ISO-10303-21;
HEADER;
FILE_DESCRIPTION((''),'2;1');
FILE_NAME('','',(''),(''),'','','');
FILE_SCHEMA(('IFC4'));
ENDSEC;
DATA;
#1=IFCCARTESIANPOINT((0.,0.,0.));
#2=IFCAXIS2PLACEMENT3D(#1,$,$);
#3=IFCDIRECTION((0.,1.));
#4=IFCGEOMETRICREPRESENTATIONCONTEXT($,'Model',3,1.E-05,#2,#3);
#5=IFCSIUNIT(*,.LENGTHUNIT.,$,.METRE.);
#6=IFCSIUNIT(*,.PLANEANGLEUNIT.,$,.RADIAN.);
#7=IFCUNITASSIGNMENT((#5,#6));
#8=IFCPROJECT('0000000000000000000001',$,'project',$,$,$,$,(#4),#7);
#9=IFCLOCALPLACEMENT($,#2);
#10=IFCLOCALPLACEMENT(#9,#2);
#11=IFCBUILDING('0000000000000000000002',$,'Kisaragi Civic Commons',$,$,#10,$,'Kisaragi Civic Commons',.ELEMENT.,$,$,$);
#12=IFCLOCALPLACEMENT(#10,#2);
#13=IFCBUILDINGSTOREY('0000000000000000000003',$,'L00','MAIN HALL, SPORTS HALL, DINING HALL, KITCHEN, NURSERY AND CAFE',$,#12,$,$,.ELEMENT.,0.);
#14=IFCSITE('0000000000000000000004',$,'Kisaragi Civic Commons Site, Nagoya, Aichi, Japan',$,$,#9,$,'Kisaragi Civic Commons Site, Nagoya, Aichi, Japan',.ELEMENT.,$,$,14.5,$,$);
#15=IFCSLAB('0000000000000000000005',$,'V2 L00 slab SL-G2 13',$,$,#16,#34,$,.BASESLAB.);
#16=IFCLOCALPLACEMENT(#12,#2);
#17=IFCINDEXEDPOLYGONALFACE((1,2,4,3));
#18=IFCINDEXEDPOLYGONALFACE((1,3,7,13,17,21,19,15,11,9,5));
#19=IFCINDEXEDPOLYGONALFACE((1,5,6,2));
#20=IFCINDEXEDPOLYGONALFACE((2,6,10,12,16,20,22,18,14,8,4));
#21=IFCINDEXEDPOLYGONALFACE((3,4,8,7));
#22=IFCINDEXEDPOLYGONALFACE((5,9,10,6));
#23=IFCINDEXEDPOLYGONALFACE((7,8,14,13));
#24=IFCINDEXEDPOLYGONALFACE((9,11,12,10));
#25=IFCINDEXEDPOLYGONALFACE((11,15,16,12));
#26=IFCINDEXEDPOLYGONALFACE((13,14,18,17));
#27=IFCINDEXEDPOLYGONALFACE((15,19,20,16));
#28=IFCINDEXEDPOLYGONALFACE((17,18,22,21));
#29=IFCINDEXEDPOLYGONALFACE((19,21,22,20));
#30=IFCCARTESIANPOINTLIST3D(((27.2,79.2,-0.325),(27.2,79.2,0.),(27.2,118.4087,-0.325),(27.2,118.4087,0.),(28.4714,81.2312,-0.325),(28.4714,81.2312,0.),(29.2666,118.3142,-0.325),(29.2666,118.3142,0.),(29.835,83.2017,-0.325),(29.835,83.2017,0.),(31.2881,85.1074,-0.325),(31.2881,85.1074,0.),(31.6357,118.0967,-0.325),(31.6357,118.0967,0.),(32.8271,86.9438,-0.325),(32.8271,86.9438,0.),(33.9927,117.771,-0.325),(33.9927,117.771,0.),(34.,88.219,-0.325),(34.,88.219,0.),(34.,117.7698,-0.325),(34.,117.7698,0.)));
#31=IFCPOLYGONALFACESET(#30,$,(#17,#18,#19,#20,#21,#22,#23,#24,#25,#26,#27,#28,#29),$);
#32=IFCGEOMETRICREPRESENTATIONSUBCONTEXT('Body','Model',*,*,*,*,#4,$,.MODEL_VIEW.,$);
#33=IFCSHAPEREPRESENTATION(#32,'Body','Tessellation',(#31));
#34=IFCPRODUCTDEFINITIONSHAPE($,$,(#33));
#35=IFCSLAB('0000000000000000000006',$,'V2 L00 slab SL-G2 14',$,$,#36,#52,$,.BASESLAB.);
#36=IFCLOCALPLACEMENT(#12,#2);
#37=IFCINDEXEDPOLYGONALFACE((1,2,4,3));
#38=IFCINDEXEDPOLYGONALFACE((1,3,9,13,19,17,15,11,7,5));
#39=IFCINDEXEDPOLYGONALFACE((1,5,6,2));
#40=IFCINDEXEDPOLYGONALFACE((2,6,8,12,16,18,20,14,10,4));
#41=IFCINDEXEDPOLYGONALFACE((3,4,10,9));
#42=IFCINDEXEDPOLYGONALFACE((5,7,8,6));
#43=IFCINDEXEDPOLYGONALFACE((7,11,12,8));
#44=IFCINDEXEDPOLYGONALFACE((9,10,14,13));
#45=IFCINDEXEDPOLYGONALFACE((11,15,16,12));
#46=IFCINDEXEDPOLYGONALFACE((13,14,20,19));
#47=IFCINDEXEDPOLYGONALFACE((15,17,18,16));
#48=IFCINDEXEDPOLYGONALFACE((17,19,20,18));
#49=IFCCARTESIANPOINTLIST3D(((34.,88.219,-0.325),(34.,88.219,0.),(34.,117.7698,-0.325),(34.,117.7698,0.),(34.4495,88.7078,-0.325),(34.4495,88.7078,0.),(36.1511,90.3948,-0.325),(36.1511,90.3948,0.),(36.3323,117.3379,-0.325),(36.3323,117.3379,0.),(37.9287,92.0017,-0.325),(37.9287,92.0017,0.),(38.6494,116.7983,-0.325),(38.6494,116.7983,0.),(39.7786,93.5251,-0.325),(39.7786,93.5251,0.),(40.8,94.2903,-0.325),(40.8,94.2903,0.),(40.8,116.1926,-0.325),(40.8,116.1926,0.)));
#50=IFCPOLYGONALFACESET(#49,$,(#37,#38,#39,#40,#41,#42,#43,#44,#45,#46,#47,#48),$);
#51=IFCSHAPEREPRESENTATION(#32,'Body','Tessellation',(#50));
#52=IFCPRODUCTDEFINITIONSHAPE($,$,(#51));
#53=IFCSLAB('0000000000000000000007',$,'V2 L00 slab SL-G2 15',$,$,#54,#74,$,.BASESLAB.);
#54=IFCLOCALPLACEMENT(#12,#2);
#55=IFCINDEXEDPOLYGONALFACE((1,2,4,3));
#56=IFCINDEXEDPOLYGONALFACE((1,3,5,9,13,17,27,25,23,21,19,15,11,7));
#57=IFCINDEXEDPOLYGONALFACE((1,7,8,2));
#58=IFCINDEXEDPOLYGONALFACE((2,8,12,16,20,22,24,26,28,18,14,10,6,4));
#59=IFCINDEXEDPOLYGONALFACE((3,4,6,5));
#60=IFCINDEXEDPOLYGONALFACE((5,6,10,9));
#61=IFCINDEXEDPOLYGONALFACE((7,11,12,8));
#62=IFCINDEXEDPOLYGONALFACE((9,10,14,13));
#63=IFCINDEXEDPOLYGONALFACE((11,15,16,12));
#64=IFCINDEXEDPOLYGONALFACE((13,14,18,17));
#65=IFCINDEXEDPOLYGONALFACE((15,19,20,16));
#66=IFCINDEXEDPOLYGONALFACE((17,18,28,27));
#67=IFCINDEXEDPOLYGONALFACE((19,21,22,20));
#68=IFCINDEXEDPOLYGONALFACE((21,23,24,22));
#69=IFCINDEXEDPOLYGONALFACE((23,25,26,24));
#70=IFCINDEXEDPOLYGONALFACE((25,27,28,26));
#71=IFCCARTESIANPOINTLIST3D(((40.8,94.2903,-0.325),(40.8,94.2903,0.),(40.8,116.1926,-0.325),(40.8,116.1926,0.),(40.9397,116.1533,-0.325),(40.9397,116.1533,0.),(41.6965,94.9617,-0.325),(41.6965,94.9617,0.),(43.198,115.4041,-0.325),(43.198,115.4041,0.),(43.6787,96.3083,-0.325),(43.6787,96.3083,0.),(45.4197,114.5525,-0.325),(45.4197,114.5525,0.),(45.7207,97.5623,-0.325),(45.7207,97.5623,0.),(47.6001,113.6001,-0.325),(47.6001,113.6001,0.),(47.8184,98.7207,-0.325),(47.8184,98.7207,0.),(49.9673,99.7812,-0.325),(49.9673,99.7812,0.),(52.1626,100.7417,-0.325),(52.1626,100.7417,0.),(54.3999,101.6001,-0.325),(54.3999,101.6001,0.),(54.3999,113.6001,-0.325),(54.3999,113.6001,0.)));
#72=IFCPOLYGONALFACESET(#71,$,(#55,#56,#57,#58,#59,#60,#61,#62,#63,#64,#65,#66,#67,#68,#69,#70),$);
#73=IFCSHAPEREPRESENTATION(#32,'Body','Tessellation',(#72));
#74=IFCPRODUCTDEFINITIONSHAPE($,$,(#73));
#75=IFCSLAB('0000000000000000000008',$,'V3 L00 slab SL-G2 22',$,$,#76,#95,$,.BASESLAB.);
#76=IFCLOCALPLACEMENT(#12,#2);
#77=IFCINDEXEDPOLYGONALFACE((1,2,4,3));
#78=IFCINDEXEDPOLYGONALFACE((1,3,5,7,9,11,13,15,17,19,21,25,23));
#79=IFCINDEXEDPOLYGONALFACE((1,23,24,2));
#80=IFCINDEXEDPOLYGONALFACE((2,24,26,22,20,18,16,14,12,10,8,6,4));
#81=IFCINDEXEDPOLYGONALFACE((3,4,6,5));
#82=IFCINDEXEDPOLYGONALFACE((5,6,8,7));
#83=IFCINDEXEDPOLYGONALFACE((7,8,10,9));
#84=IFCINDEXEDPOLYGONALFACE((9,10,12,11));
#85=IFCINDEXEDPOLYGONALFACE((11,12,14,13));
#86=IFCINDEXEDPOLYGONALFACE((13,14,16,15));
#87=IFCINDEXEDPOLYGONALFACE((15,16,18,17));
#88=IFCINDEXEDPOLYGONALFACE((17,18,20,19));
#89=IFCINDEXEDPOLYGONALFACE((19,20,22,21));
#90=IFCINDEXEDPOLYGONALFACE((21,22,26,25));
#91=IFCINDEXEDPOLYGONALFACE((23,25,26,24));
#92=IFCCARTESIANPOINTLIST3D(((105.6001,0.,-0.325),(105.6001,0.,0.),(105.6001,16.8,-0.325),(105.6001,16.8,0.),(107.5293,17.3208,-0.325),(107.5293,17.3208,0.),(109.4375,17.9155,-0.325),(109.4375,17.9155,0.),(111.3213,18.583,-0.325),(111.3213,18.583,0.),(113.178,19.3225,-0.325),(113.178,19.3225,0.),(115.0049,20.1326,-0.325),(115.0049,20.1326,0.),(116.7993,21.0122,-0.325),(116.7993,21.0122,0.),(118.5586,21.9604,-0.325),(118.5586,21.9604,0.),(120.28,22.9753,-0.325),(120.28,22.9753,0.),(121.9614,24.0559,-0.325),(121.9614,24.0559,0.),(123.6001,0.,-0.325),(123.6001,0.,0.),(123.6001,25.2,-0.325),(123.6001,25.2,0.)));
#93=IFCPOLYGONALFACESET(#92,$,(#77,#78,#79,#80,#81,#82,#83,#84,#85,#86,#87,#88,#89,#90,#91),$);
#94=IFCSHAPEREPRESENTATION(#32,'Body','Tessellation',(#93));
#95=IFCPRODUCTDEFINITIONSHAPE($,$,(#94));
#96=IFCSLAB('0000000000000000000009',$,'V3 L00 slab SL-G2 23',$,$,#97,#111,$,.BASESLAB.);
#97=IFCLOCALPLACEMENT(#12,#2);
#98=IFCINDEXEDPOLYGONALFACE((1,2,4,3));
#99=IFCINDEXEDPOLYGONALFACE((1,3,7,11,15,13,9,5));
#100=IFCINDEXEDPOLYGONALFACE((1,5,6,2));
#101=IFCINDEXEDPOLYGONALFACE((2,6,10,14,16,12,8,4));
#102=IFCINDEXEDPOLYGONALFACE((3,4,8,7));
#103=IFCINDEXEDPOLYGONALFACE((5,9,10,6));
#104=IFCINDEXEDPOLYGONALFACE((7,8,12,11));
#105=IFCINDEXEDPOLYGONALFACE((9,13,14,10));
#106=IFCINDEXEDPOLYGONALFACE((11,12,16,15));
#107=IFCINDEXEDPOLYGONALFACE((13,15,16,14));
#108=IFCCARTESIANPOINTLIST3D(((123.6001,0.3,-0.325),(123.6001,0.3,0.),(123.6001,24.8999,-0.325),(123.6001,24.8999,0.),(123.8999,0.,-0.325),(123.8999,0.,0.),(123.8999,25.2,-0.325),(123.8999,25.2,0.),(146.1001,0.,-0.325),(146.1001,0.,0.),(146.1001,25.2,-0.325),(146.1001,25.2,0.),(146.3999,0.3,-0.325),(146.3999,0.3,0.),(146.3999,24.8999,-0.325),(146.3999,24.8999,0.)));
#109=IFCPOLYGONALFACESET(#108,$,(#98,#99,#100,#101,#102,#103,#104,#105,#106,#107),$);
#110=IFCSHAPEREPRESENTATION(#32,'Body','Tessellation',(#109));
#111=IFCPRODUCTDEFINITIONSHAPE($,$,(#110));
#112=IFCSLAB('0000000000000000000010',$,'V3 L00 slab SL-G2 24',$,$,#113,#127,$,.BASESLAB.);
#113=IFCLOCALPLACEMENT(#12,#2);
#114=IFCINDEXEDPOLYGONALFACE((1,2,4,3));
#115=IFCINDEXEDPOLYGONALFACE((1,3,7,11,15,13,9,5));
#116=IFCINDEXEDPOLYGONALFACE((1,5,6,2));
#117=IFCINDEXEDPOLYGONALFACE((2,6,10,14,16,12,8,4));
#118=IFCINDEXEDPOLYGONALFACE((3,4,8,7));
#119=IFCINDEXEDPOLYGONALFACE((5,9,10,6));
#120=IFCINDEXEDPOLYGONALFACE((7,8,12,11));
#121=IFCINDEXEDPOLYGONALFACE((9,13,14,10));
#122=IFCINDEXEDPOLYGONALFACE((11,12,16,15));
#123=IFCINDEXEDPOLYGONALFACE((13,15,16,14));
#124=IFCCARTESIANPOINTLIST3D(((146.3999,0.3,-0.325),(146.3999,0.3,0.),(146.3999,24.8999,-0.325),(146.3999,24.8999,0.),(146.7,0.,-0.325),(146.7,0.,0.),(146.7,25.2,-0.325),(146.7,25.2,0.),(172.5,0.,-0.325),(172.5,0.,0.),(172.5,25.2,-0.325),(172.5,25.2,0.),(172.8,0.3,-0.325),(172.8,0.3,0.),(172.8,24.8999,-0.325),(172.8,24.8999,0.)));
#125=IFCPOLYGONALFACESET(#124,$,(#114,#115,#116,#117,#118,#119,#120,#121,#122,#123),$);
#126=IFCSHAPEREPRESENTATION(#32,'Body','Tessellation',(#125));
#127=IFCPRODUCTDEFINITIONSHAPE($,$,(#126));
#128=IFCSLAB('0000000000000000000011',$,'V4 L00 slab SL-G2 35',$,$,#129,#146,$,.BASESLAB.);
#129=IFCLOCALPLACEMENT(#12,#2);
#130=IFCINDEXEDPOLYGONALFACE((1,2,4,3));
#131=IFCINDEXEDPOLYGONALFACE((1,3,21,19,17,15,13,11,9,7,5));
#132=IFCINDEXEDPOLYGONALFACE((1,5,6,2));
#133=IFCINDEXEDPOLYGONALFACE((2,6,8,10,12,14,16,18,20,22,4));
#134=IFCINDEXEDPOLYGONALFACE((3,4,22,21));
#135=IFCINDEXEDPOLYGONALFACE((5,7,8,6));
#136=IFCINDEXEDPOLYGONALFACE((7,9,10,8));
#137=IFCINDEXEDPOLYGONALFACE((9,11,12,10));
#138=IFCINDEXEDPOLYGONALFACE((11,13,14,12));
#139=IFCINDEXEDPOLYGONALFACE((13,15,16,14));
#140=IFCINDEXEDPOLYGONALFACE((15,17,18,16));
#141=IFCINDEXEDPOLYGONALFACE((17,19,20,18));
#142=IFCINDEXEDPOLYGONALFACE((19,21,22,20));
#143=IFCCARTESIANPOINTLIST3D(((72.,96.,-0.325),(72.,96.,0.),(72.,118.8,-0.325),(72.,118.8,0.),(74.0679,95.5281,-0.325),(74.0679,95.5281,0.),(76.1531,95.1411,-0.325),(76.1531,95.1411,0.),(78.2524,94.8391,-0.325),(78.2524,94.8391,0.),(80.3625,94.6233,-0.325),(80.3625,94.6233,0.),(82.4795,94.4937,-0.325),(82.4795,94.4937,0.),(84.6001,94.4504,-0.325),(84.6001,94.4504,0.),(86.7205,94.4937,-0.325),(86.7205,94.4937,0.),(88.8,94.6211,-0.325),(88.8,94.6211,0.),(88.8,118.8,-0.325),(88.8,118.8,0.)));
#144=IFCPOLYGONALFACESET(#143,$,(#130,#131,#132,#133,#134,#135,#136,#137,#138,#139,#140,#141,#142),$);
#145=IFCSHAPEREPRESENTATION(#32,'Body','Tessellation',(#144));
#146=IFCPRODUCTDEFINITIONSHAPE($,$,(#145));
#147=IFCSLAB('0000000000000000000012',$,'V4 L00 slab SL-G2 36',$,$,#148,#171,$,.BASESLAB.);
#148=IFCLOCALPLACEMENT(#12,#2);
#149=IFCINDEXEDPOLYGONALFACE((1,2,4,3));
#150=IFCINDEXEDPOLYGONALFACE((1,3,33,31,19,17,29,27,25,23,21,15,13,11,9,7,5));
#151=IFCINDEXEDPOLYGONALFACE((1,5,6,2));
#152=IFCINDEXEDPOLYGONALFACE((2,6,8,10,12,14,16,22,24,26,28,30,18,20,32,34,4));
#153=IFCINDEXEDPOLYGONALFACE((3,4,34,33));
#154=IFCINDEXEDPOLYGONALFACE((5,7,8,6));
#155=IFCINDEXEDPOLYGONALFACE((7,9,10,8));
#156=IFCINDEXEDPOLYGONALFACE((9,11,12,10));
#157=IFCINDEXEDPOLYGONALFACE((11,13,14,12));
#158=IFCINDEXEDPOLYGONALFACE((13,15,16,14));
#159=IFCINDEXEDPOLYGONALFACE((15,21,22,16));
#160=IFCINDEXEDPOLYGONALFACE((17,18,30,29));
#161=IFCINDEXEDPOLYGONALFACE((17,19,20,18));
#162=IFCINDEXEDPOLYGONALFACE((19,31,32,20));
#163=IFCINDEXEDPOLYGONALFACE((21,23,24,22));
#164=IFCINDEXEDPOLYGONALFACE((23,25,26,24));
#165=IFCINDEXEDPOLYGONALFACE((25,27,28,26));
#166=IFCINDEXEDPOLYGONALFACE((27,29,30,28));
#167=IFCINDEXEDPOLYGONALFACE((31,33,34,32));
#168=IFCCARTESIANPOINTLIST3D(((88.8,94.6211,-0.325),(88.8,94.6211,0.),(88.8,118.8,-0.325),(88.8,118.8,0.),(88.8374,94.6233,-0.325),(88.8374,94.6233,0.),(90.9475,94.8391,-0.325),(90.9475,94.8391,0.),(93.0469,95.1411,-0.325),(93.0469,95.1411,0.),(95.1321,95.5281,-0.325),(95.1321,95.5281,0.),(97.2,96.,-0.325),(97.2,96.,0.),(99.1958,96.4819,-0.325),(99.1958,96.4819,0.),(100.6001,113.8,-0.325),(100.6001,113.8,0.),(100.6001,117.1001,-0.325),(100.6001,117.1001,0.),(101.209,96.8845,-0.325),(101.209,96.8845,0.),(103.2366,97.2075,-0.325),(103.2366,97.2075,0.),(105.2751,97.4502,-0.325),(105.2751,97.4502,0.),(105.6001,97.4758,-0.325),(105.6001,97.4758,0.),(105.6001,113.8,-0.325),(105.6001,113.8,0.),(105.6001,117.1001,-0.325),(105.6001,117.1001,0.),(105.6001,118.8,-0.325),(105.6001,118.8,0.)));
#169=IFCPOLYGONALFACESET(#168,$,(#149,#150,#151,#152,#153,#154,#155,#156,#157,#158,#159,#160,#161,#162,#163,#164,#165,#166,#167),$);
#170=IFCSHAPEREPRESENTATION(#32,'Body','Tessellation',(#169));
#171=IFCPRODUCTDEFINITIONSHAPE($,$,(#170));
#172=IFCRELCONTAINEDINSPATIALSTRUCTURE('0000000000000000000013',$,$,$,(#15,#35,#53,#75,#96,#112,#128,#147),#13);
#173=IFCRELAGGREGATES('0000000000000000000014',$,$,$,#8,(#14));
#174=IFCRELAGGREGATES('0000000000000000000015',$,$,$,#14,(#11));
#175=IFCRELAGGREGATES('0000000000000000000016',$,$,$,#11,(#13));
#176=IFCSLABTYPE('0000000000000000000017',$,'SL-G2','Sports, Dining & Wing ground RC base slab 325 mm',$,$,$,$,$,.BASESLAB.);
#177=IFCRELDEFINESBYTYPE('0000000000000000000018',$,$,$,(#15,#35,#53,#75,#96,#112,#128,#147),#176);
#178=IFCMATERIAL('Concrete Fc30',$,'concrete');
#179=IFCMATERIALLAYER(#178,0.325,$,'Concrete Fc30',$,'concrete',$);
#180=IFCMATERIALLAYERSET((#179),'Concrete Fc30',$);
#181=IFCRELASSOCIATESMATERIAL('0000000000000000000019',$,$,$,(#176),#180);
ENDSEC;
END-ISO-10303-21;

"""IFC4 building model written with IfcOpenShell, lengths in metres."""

from ifc_helpers import new_model, si_unit, direction, frame, origin, place, context, subcontext, project, spatial, polyline, outline, extrude, material, layer, layer_set, type_object, element, save


model = new_model("IFC4")

# Units and contexts
model_context = context("Model", 3, precision=1e-05, world=origin(), true_north=direction((0.0, 1.0)))
body_context = subcontext(model_context, "Body", "Model", "MODEL_VIEW")
ifc_project = project(units=[si_unit("LENGTHUNIT", "METRE"), si_unit("PLANEANGLEUNIT", "RADIAN")], contexts=[model_context])

# Site, building, storey
site_placement = place(None, origin())
site = spatial("IfcSite", under=ifc_project, at=site_placement, Name="Kisaragi Civic Commons Site, Nagoya, Aichi, Japan", LongName="Kisaragi Civic Commons Site, Nagoya, Aichi, Japan", CompositionType="ELEMENT", RefElevation=14.5)
building_placement = place(site_placement, origin())
building = spatial("IfcBuilding", under=site, at=building_placement, Name="Kisaragi Civic Commons", LongName="Kisaragi Civic Commons", CompositionType="ELEMENT")
storey_placement = place(building_placement, origin())
storey = spatial("IfcBuildingStorey", under=building, at=storey_placement, Name="L00", Description="MAIN HALL, SPORTS HALL, DINING HALL, KITCHEN, NURSERY AND CAFE", CompositionType="ELEMENT", Elevation=0.0)

# Slabs
ifc_material = material(Name="Concrete Fc30", Category="concrete")
ifc_layer_1 = layer(ifc_material, 0.325, Name="Concrete Fc30", Category="concrete")
ifc_layer_set_1 = layer_set([ifc_layer_1], Name="Concrete Fc30")
slab_type_1 = type_object("IfcSlabType", Name="SL-G2", Description="Sports, Dining & Wing ground RC base slab 325 mm", PredefinedType="BASESLAB", material=ifc_layer_set_1)
slab_1_placement = place(storey_placement, frame((0.0, 0.0, -0.325)))
element("IfcSlab", 1, at=slab_1_placement, inside=storey, type_object=slab_type_1, Name="V2 L00 slab SL-G2 13", PredefinedType="BASESLAB", context=body_context, shape_type="SweptSolid", body=[
    extrude(outline(polyline([(34.0, 88.219), (34.0, 117.7698), (33.9927, 117.771), (31.6357, 118.0967), (29.2666, 118.3142), (27.2, 118.4087), (27.2, 79.2), (28.4714, 81.2312), (29.835, 83.2017), (31.2881, 85.1074), (32.8271, 86.9438), (34.0, 88.219)])), origin(), (0.0, 0.0, 1.0), 0.325),
])
slab_2_placement = place(storey_placement, frame((0.0, 0.0, -0.325)))
element("IfcSlab", 2, at=slab_2_placement, inside=storey, type_object=slab_type_1, Name="V2 L00 slab SL-G2 14", PredefinedType="BASESLAB", context=body_context, shape_type="SweptSolid", body=[
    extrude(outline(polyline([(40.8, 94.2903), (40.8, 116.1926), (38.6494, 116.7983), (36.3323, 117.3379), (34.0, 117.7698), (34.0, 88.219), (34.4495, 88.7078), (36.1511, 90.3948), (37.9287, 92.0017), (39.7786, 93.5251), (40.8, 94.2903)])), origin(), (0.0, 0.0, 1.0), 0.325),
])
slab_3_placement = place(storey_placement, frame((0.0, 0.0, -0.325)))
element("IfcSlab", 3, at=slab_3_placement, inside=storey, type_object=slab_type_1, Name="V2 L00 slab SL-G2 15", PredefinedType="BASESLAB", context=body_context, shape_type="SweptSolid", body=[
    extrude(outline(polyline([(54.3999, 101.6001), (54.3999, 113.6001), (47.6001, 113.6001), (45.4197, 114.5525), (43.198, 115.4041), (40.9397, 116.1533), (40.8, 116.1926), (40.8, 94.2903), (41.6965, 94.9617), (43.6787, 96.3083), (45.7207, 97.5623), (47.8184, 98.7207), (49.9673, 99.7812), (52.1626, 100.7417), (54.3999, 101.6001)])), origin(), (0.0, 0.0, 1.0), 0.325),
])
slab_4_placement = place(storey_placement, frame((0.0, 0.0, -0.325)))
element("IfcSlab", 4, at=slab_4_placement, inside=storey, type_object=slab_type_1, Name="V3 L00 slab SL-G2 22", PredefinedType="BASESLAB", context=body_context, shape_type="SweptSolid", body=[
    extrude(outline(polyline([(123.6001, 0.0), (123.6001, 25.2), (121.9614, 24.0559), (120.28, 22.9753), (118.5586, 21.9604), (116.7993, 21.0122), (115.0049, 20.1326), (113.178, 19.3225), (111.3213, 18.583), (109.4375, 17.9155), (107.5293, 17.3208), (105.6001, 16.8), (105.6001, 0.0), (123.6001, 0.0)])), origin(), (0.0, 0.0, 1.0), 0.325),
])
slab_5_placement = place(storey_placement, frame((0.0, 0.0, -0.325)))
element("IfcSlab", 5, at=slab_5_placement, inside=storey, type_object=slab_type_1, Name="V3 L00 slab SL-G2 23", PredefinedType="BASESLAB", context=body_context, shape_type="SweptSolid", body=[
    extrude(outline(polyline([(123.8999, 0.0), (146.1001, 0.0), (146.3999, 0.3), (146.3999, 24.8999), (146.1001, 25.2), (123.8999, 25.2), (123.6001, 24.8999), (123.6001, 0.3), (123.8999, 0.0)])), origin(), (0.0, 0.0, 1.0), 0.325),
])
slab_6_placement = place(storey_placement, frame((0.0, 0.0, -0.325)))
element("IfcSlab", 6, at=slab_6_placement, inside=storey, type_object=slab_type_1, Name="V3 L00 slab SL-G2 24", PredefinedType="BASESLAB", context=body_context, shape_type="SweptSolid", body=[
    extrude(outline(polyline([(146.7, 0.0), (172.5, 0.0), (172.8, 0.3), (172.8, 24.8999), (172.5, 25.2), (146.7, 25.2), (146.3999, 24.8999), (146.3999, 0.3), (146.7, 0.0)])), origin(), (0.0, 0.0, 1.0), 0.325),
])
slab_7_placement = place(storey_placement, frame((0.0, 0.0, -0.325)))
element("IfcSlab", 7, at=slab_7_placement, inside=storey, type_object=slab_type_1, Name="V4 L00 slab SL-G2 35", PredefinedType="BASESLAB", context=body_context, shape_type="SweptSolid", body=[
    extrude(outline(polyline([(88.8, 94.6211), (88.8, 118.8), (72.0, 118.8), (72.0, 96.0), (74.0679, 95.5281), (76.1531, 95.1411), (78.2524, 94.8391), (80.3625, 94.6233), (82.4795, 94.4937), (84.6001, 94.4504), (86.7205, 94.4937), (88.8, 94.6211)])), origin(), (0.0, 0.0, 1.0), 0.325),
])
slab_8_placement = place(storey_placement, frame((0.0, 0.0, -0.325)))
element("IfcSlab", 8, at=slab_8_placement, inside=storey, type_object=slab_type_1, Name="V4 L00 slab SL-G2 36", PredefinedType="BASESLAB", context=body_context, shape_type="SweptSolid", body=[
    extrude(outline(polyline([(105.6001, 97.4758), (105.6001, 113.8), (100.6001, 113.8), (100.6001, 117.1001), (105.6001, 117.1001), (105.6001, 118.8), (88.8, 118.8), (88.8, 94.6211), (88.8374, 94.6233), (90.9475, 94.8391), (93.0469, 95.1411), (95.1321, 95.5281), (97.2, 96.0), (99.1958, 96.4819), (101.209, 96.8845), (103.2366, 97.2075), (105.2751, 97.4502), (105.6001, 97.4758)])), origin(), (0.0, 0.0, 1.0), 0.325),
])

save(model, "model.ifc")
